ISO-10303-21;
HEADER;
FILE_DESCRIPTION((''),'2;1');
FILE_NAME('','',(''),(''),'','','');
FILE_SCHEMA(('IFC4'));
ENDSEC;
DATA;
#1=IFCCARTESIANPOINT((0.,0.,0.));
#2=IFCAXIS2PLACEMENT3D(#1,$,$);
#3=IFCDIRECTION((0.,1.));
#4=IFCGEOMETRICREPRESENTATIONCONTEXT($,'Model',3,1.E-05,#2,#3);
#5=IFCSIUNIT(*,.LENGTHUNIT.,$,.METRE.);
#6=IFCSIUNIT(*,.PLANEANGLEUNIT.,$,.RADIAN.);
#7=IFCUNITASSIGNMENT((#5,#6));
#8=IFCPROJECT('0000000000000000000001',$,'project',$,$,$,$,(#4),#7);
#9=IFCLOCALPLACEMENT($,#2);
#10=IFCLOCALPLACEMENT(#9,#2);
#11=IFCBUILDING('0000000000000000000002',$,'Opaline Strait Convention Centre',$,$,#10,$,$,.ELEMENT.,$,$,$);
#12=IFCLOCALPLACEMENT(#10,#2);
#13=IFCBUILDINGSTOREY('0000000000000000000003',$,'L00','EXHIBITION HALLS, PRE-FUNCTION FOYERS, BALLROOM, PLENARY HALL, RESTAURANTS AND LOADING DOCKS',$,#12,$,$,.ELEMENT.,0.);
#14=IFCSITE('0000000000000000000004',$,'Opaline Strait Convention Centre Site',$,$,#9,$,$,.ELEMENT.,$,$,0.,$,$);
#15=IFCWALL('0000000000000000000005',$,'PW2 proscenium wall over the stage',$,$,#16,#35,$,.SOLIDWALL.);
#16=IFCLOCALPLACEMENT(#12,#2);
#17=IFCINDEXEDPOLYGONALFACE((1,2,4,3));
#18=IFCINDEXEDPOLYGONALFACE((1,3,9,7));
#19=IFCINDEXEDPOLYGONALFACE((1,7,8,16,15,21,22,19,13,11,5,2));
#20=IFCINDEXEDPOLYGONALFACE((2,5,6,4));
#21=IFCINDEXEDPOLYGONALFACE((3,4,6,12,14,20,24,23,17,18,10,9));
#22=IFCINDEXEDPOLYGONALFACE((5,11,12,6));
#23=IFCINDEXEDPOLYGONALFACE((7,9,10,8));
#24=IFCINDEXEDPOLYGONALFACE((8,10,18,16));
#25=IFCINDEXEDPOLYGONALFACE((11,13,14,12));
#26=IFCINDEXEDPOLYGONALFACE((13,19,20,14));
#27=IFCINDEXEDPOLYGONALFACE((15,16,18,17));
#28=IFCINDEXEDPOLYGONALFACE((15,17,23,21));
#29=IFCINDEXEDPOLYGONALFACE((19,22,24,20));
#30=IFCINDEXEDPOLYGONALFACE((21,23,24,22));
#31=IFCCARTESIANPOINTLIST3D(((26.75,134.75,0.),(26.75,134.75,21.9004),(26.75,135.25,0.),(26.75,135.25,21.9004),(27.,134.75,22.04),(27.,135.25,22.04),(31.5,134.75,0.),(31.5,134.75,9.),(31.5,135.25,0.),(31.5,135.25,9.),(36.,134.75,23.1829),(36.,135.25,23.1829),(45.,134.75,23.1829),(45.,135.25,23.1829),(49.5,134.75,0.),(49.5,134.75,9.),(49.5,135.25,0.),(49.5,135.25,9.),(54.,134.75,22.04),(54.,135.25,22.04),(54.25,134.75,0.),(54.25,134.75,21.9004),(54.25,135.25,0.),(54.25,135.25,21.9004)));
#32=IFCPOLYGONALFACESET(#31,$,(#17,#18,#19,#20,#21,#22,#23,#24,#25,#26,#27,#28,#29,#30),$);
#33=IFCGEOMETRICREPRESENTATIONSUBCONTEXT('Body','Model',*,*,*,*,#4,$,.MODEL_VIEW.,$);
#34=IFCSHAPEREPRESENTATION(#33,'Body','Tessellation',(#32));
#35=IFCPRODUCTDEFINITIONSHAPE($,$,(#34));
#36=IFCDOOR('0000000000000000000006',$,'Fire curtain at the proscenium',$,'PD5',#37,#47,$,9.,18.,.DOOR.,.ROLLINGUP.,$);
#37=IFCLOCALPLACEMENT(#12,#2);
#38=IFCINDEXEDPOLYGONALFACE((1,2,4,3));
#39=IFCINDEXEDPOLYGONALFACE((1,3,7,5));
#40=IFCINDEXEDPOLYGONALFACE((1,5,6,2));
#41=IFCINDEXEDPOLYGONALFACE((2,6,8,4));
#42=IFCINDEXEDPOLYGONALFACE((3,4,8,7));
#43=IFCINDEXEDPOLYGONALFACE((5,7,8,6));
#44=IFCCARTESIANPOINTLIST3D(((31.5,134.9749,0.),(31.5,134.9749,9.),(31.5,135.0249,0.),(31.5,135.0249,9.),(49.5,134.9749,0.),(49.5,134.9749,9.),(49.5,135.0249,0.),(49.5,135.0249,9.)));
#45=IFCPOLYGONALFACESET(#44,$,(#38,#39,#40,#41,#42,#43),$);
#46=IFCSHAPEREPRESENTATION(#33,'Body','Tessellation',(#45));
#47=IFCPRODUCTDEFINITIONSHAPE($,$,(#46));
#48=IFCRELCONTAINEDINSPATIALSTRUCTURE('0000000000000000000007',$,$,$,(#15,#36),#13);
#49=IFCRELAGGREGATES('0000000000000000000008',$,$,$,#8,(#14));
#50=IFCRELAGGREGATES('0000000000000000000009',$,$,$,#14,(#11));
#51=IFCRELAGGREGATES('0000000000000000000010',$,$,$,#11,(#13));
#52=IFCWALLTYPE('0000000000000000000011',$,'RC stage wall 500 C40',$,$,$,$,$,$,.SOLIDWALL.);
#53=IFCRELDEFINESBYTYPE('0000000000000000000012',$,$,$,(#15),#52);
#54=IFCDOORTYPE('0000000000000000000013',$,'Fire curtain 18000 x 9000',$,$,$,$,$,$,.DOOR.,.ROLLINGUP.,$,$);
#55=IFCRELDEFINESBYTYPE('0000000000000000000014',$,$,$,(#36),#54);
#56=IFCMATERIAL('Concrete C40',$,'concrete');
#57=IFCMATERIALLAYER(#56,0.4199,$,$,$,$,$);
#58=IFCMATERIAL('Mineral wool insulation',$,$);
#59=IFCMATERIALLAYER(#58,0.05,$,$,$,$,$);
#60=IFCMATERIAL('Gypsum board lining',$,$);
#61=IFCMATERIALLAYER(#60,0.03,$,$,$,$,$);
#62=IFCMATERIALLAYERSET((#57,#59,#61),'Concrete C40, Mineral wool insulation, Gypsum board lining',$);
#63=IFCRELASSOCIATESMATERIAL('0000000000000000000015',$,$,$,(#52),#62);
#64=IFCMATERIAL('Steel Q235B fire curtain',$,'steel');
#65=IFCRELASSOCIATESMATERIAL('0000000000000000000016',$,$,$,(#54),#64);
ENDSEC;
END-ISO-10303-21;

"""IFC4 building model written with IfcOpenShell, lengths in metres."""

from ifc_helpers import new_model, si_unit, direction, frame, frame_2d, origin, place, context, subcontext, project, spatial, polyline, rectangle, outline, extrude, material, layer, layer_set, type_object, element, fill, save


model = new_model("IFC4")

# Units and contexts
model_context = context("Model", 3, precision=1e-05, world=origin(), true_north=direction((0.0, 1.0)))
body_context = subcontext(model_context, "Body", "Model", "MODEL_VIEW")
ifc_project = project(units=[si_unit("LENGTHUNIT", "METRE"), si_unit("PLANEANGLEUNIT", "RADIAN")], contexts=[model_context])

# Site, building, storey
site_placement = place(None, origin())
site = spatial("IfcSite", under=ifc_project, at=site_placement, Name="Opaline Strait Convention Centre Site", CompositionType="ELEMENT", RefElevation=0.0)
building_placement = place(site_placement, origin())
building = spatial("IfcBuilding", under=site, at=building_placement, Name="Opaline Strait Convention Centre", CompositionType="ELEMENT")
storey_placement = place(building_placement, origin())
storey = spatial("IfcBuildingStorey", under=building, at=storey_placement, Name="L00", Description="EXHIBITION HALLS, PRE-FUNCTION FOYERS, BALLROOM, PLENARY HALL, RESTAURANTS AND LOADING DOCKS", CompositionType="ELEMENT", Elevation=0.0)

# Shared definitions
ifc_material_1 = material(Name="Concrete C40", Category="concrete")

# Wall, opening, door
ifc_layer_1 = layer(ifc_material_1, 0.4199)
ifc_material_2 = material(Name="Mineral wool insulation")
ifc_layer_2 = layer(ifc_material_2, 0.05)
ifc_material_3 = material(Name="Gypsum board lining")
ifc_layer_3 = layer(ifc_material_3, 0.03)
ifc_layer_set = layer_set([ifc_layer_1, ifc_layer_2, ifc_layer_3], Name="Concrete C40, Mineral wool insulation, Gypsum board lining")
wall_type = type_object("IfcWallType", Name="RC stage wall 500 C40", PredefinedType="SOLIDWALL", material=ifc_layer_set)
wall_1_placement = place(storey_placement, frame((26.75, 135.0, 0.0), z_axis=(0.0, 0.0, 1.0), x_axis=(1.0, 0.0, 0.0)))
wall_1 = element("IfcWall", 1, at=wall_1_placement, inside=storey, type_object=wall_type, Name="PW2 proscenium wall over the stage", PredefinedType="SOLIDWALL", context=body_context, shape_type="SweptSolid", body=[
    extrude(outline(polyline([(0.0, 0.0), (27.5, 0.0), (27.5, 21.9004), (27.25, 22.04), (18.25, 23.1829), (9.25, 23.1829), (0.25, 22.04), (0.0, 21.9004), (0.0, 0.0)])), frame((0.0, 0.25, 0.0), z_axis=(0.0, -1.0, 0.0), x_axis=(1.0, 0.0, 0.0)), (0.0, 0.0, 1.0), 0.5),
])
opening_1_placement = place(wall_1_placement, frame((4.75, 0.0, 0.0)))
opening_1 = element("IfcOpeningElement", 2, at=opening_1_placement, cuts=wall_1, PredefinedType="OPENING", context=body_context, shape_type="SweptSolid", body=[
    extrude(rectangle(XDim=18.0, YDim=9.0, at=frame_2d((9.0, 4.5))), frame((0.0, 0.26, 0.0), z_axis=(0.0, -1.0, 0.0), x_axis=(1.0, 0.0, 0.0)), (0.0, 0.0, 1.0), 0.52),
])
ifc_material_4 = material(Name="Steel Q235B fire curtain", Category="steel")
door_type_1 = type_object("IfcDoorType", Name="Fire curtain 18000 x 9000", OperationType="ROLLINGUP", PredefinedType="DOOR", material=ifc_material_4)
door_1_placement = place(opening_1_placement, origin())
door_1 = element("IfcDoor", 3, at=door_1_placement, inside=storey, type_object=door_type_1, Name="Fire curtain at the proscenium", ObjectType="PD5", OperationType="ROLLINGUP", OverallHeight=9.0, OverallWidth=18.0, PredefinedType="DOOR", context=body_context, shape_type="SweptSolid", body=[
    extrude(rectangle(XDim=18.0, YDim=9.0, at=frame_2d((9.0, 4.5))), frame((0.0, 0.0249, 0.0), z_axis=(0.0, -1.0, 0.0), x_axis=(1.0, 0.0, 0.0)), (0.0, 0.0, 1.0), 0.05),
])
fill(opening_1, door_1)

save(model, "model.ifc")
